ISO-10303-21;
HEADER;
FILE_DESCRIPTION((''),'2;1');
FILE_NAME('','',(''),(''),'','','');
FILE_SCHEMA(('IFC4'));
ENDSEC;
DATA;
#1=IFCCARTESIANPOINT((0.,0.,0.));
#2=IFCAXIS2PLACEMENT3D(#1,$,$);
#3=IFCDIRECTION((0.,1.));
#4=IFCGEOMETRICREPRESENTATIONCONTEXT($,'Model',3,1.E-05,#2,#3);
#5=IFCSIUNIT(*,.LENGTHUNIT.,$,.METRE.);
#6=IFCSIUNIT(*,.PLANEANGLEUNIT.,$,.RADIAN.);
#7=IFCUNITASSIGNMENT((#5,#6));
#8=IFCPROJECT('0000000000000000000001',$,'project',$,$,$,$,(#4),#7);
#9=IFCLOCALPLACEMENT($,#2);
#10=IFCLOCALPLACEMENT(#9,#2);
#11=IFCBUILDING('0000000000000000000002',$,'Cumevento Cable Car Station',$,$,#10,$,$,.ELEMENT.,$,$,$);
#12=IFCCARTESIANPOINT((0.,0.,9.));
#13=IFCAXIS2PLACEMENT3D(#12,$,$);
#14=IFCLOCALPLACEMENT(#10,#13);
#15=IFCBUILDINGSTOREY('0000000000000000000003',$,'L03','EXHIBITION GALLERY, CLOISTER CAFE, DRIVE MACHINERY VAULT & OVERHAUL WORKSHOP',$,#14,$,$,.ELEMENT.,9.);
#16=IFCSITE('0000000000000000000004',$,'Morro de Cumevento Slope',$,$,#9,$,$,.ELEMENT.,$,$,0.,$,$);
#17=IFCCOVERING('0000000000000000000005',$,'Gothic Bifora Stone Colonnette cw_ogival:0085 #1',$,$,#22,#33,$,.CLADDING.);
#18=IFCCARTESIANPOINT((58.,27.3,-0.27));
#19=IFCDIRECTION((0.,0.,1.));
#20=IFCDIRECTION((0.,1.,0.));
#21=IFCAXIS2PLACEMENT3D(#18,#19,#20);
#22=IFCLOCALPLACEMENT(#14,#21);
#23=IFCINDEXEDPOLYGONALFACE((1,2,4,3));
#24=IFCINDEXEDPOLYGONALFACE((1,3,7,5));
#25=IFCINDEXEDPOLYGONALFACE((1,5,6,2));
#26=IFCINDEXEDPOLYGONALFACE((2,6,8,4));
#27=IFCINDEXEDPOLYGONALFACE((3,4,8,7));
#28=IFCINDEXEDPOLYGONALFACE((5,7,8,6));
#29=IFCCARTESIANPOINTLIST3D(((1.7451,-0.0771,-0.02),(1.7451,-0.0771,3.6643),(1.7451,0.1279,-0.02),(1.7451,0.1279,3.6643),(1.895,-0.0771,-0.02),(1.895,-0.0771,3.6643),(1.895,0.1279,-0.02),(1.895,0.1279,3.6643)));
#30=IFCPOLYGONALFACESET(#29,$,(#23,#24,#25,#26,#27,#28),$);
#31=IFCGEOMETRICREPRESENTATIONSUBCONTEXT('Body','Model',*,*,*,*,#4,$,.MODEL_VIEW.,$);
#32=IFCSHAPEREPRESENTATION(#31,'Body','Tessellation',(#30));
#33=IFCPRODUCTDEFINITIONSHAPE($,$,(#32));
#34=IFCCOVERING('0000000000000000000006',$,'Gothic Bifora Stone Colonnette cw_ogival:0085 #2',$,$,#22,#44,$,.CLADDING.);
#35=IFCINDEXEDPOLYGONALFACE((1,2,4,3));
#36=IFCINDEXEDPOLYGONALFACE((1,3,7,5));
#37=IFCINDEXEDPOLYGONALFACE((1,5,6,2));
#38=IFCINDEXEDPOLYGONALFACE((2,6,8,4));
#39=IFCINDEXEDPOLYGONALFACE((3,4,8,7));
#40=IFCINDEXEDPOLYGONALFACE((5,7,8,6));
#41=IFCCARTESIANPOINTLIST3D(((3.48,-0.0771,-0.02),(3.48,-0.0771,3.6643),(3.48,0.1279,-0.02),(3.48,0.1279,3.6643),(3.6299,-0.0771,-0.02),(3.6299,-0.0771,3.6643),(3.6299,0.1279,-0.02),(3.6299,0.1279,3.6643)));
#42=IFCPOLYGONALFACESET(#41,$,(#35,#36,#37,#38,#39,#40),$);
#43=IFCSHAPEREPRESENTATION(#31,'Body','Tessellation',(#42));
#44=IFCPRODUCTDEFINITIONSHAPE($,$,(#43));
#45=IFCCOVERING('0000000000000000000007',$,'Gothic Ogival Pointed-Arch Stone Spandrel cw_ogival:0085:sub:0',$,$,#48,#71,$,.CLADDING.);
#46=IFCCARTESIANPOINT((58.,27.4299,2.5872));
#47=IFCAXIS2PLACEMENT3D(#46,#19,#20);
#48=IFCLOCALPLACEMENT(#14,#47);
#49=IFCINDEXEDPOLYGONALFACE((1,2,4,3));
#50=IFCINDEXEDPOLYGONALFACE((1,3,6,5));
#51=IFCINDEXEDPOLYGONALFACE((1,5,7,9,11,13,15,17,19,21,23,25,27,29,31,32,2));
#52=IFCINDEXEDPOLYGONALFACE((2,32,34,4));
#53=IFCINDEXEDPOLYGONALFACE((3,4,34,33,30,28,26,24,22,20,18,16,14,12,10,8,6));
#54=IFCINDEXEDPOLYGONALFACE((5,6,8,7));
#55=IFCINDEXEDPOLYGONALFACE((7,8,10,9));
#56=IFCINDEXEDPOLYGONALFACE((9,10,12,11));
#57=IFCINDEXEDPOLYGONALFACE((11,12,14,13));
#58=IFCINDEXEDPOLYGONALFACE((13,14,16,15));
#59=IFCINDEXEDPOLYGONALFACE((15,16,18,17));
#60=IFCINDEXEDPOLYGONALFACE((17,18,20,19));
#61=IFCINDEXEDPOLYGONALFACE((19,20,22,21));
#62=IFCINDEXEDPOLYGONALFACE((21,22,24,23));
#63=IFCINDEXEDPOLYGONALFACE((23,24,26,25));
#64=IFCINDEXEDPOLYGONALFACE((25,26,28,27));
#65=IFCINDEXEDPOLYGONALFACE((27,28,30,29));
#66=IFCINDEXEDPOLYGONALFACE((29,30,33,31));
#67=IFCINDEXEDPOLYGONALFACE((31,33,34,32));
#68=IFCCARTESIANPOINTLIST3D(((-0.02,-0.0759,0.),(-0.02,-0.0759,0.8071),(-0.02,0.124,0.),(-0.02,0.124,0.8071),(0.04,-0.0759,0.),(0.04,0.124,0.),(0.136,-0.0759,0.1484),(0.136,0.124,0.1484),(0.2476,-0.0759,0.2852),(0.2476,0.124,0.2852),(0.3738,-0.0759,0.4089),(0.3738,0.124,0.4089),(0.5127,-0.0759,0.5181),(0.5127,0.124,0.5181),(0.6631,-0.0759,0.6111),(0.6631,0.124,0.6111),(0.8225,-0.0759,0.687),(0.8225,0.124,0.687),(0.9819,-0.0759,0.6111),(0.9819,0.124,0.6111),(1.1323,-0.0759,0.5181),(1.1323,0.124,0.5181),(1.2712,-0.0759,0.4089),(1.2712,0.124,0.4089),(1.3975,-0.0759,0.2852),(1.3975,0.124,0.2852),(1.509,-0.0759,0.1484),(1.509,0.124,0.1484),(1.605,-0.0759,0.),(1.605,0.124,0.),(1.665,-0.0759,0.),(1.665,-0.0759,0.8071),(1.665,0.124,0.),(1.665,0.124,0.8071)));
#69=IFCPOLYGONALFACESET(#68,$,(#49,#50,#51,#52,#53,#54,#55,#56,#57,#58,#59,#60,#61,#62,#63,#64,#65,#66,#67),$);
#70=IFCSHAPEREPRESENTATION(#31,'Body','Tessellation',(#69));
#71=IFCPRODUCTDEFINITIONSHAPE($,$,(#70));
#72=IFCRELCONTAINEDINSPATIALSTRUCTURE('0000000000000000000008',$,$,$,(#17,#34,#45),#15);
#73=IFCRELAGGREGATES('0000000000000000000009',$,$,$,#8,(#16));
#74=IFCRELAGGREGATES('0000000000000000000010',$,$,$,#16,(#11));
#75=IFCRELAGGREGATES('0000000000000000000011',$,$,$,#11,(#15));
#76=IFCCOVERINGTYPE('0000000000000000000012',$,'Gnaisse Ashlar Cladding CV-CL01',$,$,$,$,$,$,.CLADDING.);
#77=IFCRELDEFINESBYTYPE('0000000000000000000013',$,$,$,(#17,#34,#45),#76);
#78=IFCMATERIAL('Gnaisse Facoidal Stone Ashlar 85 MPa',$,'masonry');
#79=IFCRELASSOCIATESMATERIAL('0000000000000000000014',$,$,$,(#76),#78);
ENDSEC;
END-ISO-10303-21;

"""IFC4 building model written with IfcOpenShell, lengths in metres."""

from ifc_helpers import new_model, si_unit, direction, frame, origin, place, context, subcontext, project, spatial, polyline, outline, extrude, material, type_object, element, save


model = new_model("IFC4")

# Units and contexts
model_context = context("Model", 3, precision=1e-05, world=origin(), true_north=direction((0.0, 1.0)))
body_context = subcontext(model_context, "Body", "Model", "MODEL_VIEW")
ifc_project = project(units=[si_unit("LENGTHUNIT", "METRE"), si_unit("PLANEANGLEUNIT", "RADIAN")], contexts=[model_context])

# Site, building, storey
site_placement = place(None, origin())
site = spatial("IfcSite", under=ifc_project, at=site_placement, Name="Morro de Cumevento Slope", CompositionType="ELEMENT", RefElevation=0.0)
building_placement = place(site_placement, origin())
building = spatial("IfcBuilding", under=site, at=building_placement, Name="Cumevento Cable Car Station", CompositionType="ELEMENT")
storey_placement = place(building_placement, frame((0.0, 0.0, 9.0)))
storey = spatial("IfcBuildingStorey", under=building, at=storey_placement, Name="L03", Description="EXHIBITION GALLERY, CLOISTER CAFE, DRIVE MACHINERY VAULT & OVERHAUL WORKSHOP", CompositionType="ELEMENT", Elevation=9.0)

# Coverings
ifc_material_1 = material(Name="Gnaisse Facoidal Stone Ashlar 85 MPa", Category="masonry")
covering_type = type_object("IfcCoveringType", Name="Gnaisse Ashlar Cladding CV-CL01", PredefinedType="CLADDING", material=ifc_material_1)
placement = place(storey_placement, frame((58.0, 27.3, -0.27), z_axis=(0.0, 0.0, 1.0), x_axis=(0.0, 1.0, 0.0)))
element("IfcCovering", 1, at=placement, inside=storey, type_object=covering_type, Name="Gothic Bifora Stone Colonnette cw_ogival:0085 #1", PredefinedType="CLADDING", context=body_context, shape_type="SweptSolid", body=[
    extrude(outline(polyline([(1.7451, -0.02), (1.895, -0.02), (1.895, 3.6643), (1.7451, 3.6643), (1.7451, -0.02)])), frame((0.0, 0.1279, 0.0), z_axis=(0.0, -1.0, 0.0), x_axis=(1.0, 0.0, 0.0)), (0.0, 0.0, 1.0), 0.2051),
])
element("IfcCovering", 2, at=placement, inside=storey, type_object=covering_type, Name="Gothic Bifora Stone Colonnette cw_ogival:0085 #2", PredefinedType="CLADDING", context=body_context, shape_type="SweptSolid", body=[
    extrude(outline(polyline([(3.48, -0.02), (3.6299, -0.02), (3.6299, 3.6643), (3.48, 3.6643), (3.48, -0.02)])), frame((0.0, 0.1279, 0.0), z_axis=(0.0, -1.0, 0.0), x_axis=(1.0, 0.0, 0.0)), (0.0, 0.0, 1.0), 0.2051),
])
covering_1_placement = place(storey_placement, frame((58.0, 27.4299, 2.5872), z_axis=(0.0, 0.0, 1.0), x_axis=(0.0, 1.0, 0.0)))
element("IfcCovering", 3, at=covering_1_placement, inside=storey, type_object=covering_type, Name="Gothic Ogival Pointed-Arch Stone Spandrel cw_ogival:0085:sub:0", PredefinedType="CLADDING", context=body_context, shape_type="SweptSolid", body=[
    extrude(outline(polyline([(-0.02, 0.0), (-0.02, 0.8071), (1.665, 0.8071), (1.665, 0.0), (1.605, 0.0), (1.509, 0.1484), (1.3975, 0.2852), (1.2712, 0.4089), (1.1323, 0.5181), (0.9819, 0.6111), (0.8225, 0.687), (0.6631, 0.6111), (0.5127, 0.5181), (0.3738, 0.4089), (0.2476, 0.2852), (0.136, 0.1484), (0.04, 0.0), (-0.02, 0.0)])), frame((0.0, 0.124, 0.0), z_axis=(0.0, -1.0, 0.0), x_axis=(1.0, 0.0, 0.0)), (0.0, 0.0, 1.0), 0.2),
])

save(model, "model.ifc")
